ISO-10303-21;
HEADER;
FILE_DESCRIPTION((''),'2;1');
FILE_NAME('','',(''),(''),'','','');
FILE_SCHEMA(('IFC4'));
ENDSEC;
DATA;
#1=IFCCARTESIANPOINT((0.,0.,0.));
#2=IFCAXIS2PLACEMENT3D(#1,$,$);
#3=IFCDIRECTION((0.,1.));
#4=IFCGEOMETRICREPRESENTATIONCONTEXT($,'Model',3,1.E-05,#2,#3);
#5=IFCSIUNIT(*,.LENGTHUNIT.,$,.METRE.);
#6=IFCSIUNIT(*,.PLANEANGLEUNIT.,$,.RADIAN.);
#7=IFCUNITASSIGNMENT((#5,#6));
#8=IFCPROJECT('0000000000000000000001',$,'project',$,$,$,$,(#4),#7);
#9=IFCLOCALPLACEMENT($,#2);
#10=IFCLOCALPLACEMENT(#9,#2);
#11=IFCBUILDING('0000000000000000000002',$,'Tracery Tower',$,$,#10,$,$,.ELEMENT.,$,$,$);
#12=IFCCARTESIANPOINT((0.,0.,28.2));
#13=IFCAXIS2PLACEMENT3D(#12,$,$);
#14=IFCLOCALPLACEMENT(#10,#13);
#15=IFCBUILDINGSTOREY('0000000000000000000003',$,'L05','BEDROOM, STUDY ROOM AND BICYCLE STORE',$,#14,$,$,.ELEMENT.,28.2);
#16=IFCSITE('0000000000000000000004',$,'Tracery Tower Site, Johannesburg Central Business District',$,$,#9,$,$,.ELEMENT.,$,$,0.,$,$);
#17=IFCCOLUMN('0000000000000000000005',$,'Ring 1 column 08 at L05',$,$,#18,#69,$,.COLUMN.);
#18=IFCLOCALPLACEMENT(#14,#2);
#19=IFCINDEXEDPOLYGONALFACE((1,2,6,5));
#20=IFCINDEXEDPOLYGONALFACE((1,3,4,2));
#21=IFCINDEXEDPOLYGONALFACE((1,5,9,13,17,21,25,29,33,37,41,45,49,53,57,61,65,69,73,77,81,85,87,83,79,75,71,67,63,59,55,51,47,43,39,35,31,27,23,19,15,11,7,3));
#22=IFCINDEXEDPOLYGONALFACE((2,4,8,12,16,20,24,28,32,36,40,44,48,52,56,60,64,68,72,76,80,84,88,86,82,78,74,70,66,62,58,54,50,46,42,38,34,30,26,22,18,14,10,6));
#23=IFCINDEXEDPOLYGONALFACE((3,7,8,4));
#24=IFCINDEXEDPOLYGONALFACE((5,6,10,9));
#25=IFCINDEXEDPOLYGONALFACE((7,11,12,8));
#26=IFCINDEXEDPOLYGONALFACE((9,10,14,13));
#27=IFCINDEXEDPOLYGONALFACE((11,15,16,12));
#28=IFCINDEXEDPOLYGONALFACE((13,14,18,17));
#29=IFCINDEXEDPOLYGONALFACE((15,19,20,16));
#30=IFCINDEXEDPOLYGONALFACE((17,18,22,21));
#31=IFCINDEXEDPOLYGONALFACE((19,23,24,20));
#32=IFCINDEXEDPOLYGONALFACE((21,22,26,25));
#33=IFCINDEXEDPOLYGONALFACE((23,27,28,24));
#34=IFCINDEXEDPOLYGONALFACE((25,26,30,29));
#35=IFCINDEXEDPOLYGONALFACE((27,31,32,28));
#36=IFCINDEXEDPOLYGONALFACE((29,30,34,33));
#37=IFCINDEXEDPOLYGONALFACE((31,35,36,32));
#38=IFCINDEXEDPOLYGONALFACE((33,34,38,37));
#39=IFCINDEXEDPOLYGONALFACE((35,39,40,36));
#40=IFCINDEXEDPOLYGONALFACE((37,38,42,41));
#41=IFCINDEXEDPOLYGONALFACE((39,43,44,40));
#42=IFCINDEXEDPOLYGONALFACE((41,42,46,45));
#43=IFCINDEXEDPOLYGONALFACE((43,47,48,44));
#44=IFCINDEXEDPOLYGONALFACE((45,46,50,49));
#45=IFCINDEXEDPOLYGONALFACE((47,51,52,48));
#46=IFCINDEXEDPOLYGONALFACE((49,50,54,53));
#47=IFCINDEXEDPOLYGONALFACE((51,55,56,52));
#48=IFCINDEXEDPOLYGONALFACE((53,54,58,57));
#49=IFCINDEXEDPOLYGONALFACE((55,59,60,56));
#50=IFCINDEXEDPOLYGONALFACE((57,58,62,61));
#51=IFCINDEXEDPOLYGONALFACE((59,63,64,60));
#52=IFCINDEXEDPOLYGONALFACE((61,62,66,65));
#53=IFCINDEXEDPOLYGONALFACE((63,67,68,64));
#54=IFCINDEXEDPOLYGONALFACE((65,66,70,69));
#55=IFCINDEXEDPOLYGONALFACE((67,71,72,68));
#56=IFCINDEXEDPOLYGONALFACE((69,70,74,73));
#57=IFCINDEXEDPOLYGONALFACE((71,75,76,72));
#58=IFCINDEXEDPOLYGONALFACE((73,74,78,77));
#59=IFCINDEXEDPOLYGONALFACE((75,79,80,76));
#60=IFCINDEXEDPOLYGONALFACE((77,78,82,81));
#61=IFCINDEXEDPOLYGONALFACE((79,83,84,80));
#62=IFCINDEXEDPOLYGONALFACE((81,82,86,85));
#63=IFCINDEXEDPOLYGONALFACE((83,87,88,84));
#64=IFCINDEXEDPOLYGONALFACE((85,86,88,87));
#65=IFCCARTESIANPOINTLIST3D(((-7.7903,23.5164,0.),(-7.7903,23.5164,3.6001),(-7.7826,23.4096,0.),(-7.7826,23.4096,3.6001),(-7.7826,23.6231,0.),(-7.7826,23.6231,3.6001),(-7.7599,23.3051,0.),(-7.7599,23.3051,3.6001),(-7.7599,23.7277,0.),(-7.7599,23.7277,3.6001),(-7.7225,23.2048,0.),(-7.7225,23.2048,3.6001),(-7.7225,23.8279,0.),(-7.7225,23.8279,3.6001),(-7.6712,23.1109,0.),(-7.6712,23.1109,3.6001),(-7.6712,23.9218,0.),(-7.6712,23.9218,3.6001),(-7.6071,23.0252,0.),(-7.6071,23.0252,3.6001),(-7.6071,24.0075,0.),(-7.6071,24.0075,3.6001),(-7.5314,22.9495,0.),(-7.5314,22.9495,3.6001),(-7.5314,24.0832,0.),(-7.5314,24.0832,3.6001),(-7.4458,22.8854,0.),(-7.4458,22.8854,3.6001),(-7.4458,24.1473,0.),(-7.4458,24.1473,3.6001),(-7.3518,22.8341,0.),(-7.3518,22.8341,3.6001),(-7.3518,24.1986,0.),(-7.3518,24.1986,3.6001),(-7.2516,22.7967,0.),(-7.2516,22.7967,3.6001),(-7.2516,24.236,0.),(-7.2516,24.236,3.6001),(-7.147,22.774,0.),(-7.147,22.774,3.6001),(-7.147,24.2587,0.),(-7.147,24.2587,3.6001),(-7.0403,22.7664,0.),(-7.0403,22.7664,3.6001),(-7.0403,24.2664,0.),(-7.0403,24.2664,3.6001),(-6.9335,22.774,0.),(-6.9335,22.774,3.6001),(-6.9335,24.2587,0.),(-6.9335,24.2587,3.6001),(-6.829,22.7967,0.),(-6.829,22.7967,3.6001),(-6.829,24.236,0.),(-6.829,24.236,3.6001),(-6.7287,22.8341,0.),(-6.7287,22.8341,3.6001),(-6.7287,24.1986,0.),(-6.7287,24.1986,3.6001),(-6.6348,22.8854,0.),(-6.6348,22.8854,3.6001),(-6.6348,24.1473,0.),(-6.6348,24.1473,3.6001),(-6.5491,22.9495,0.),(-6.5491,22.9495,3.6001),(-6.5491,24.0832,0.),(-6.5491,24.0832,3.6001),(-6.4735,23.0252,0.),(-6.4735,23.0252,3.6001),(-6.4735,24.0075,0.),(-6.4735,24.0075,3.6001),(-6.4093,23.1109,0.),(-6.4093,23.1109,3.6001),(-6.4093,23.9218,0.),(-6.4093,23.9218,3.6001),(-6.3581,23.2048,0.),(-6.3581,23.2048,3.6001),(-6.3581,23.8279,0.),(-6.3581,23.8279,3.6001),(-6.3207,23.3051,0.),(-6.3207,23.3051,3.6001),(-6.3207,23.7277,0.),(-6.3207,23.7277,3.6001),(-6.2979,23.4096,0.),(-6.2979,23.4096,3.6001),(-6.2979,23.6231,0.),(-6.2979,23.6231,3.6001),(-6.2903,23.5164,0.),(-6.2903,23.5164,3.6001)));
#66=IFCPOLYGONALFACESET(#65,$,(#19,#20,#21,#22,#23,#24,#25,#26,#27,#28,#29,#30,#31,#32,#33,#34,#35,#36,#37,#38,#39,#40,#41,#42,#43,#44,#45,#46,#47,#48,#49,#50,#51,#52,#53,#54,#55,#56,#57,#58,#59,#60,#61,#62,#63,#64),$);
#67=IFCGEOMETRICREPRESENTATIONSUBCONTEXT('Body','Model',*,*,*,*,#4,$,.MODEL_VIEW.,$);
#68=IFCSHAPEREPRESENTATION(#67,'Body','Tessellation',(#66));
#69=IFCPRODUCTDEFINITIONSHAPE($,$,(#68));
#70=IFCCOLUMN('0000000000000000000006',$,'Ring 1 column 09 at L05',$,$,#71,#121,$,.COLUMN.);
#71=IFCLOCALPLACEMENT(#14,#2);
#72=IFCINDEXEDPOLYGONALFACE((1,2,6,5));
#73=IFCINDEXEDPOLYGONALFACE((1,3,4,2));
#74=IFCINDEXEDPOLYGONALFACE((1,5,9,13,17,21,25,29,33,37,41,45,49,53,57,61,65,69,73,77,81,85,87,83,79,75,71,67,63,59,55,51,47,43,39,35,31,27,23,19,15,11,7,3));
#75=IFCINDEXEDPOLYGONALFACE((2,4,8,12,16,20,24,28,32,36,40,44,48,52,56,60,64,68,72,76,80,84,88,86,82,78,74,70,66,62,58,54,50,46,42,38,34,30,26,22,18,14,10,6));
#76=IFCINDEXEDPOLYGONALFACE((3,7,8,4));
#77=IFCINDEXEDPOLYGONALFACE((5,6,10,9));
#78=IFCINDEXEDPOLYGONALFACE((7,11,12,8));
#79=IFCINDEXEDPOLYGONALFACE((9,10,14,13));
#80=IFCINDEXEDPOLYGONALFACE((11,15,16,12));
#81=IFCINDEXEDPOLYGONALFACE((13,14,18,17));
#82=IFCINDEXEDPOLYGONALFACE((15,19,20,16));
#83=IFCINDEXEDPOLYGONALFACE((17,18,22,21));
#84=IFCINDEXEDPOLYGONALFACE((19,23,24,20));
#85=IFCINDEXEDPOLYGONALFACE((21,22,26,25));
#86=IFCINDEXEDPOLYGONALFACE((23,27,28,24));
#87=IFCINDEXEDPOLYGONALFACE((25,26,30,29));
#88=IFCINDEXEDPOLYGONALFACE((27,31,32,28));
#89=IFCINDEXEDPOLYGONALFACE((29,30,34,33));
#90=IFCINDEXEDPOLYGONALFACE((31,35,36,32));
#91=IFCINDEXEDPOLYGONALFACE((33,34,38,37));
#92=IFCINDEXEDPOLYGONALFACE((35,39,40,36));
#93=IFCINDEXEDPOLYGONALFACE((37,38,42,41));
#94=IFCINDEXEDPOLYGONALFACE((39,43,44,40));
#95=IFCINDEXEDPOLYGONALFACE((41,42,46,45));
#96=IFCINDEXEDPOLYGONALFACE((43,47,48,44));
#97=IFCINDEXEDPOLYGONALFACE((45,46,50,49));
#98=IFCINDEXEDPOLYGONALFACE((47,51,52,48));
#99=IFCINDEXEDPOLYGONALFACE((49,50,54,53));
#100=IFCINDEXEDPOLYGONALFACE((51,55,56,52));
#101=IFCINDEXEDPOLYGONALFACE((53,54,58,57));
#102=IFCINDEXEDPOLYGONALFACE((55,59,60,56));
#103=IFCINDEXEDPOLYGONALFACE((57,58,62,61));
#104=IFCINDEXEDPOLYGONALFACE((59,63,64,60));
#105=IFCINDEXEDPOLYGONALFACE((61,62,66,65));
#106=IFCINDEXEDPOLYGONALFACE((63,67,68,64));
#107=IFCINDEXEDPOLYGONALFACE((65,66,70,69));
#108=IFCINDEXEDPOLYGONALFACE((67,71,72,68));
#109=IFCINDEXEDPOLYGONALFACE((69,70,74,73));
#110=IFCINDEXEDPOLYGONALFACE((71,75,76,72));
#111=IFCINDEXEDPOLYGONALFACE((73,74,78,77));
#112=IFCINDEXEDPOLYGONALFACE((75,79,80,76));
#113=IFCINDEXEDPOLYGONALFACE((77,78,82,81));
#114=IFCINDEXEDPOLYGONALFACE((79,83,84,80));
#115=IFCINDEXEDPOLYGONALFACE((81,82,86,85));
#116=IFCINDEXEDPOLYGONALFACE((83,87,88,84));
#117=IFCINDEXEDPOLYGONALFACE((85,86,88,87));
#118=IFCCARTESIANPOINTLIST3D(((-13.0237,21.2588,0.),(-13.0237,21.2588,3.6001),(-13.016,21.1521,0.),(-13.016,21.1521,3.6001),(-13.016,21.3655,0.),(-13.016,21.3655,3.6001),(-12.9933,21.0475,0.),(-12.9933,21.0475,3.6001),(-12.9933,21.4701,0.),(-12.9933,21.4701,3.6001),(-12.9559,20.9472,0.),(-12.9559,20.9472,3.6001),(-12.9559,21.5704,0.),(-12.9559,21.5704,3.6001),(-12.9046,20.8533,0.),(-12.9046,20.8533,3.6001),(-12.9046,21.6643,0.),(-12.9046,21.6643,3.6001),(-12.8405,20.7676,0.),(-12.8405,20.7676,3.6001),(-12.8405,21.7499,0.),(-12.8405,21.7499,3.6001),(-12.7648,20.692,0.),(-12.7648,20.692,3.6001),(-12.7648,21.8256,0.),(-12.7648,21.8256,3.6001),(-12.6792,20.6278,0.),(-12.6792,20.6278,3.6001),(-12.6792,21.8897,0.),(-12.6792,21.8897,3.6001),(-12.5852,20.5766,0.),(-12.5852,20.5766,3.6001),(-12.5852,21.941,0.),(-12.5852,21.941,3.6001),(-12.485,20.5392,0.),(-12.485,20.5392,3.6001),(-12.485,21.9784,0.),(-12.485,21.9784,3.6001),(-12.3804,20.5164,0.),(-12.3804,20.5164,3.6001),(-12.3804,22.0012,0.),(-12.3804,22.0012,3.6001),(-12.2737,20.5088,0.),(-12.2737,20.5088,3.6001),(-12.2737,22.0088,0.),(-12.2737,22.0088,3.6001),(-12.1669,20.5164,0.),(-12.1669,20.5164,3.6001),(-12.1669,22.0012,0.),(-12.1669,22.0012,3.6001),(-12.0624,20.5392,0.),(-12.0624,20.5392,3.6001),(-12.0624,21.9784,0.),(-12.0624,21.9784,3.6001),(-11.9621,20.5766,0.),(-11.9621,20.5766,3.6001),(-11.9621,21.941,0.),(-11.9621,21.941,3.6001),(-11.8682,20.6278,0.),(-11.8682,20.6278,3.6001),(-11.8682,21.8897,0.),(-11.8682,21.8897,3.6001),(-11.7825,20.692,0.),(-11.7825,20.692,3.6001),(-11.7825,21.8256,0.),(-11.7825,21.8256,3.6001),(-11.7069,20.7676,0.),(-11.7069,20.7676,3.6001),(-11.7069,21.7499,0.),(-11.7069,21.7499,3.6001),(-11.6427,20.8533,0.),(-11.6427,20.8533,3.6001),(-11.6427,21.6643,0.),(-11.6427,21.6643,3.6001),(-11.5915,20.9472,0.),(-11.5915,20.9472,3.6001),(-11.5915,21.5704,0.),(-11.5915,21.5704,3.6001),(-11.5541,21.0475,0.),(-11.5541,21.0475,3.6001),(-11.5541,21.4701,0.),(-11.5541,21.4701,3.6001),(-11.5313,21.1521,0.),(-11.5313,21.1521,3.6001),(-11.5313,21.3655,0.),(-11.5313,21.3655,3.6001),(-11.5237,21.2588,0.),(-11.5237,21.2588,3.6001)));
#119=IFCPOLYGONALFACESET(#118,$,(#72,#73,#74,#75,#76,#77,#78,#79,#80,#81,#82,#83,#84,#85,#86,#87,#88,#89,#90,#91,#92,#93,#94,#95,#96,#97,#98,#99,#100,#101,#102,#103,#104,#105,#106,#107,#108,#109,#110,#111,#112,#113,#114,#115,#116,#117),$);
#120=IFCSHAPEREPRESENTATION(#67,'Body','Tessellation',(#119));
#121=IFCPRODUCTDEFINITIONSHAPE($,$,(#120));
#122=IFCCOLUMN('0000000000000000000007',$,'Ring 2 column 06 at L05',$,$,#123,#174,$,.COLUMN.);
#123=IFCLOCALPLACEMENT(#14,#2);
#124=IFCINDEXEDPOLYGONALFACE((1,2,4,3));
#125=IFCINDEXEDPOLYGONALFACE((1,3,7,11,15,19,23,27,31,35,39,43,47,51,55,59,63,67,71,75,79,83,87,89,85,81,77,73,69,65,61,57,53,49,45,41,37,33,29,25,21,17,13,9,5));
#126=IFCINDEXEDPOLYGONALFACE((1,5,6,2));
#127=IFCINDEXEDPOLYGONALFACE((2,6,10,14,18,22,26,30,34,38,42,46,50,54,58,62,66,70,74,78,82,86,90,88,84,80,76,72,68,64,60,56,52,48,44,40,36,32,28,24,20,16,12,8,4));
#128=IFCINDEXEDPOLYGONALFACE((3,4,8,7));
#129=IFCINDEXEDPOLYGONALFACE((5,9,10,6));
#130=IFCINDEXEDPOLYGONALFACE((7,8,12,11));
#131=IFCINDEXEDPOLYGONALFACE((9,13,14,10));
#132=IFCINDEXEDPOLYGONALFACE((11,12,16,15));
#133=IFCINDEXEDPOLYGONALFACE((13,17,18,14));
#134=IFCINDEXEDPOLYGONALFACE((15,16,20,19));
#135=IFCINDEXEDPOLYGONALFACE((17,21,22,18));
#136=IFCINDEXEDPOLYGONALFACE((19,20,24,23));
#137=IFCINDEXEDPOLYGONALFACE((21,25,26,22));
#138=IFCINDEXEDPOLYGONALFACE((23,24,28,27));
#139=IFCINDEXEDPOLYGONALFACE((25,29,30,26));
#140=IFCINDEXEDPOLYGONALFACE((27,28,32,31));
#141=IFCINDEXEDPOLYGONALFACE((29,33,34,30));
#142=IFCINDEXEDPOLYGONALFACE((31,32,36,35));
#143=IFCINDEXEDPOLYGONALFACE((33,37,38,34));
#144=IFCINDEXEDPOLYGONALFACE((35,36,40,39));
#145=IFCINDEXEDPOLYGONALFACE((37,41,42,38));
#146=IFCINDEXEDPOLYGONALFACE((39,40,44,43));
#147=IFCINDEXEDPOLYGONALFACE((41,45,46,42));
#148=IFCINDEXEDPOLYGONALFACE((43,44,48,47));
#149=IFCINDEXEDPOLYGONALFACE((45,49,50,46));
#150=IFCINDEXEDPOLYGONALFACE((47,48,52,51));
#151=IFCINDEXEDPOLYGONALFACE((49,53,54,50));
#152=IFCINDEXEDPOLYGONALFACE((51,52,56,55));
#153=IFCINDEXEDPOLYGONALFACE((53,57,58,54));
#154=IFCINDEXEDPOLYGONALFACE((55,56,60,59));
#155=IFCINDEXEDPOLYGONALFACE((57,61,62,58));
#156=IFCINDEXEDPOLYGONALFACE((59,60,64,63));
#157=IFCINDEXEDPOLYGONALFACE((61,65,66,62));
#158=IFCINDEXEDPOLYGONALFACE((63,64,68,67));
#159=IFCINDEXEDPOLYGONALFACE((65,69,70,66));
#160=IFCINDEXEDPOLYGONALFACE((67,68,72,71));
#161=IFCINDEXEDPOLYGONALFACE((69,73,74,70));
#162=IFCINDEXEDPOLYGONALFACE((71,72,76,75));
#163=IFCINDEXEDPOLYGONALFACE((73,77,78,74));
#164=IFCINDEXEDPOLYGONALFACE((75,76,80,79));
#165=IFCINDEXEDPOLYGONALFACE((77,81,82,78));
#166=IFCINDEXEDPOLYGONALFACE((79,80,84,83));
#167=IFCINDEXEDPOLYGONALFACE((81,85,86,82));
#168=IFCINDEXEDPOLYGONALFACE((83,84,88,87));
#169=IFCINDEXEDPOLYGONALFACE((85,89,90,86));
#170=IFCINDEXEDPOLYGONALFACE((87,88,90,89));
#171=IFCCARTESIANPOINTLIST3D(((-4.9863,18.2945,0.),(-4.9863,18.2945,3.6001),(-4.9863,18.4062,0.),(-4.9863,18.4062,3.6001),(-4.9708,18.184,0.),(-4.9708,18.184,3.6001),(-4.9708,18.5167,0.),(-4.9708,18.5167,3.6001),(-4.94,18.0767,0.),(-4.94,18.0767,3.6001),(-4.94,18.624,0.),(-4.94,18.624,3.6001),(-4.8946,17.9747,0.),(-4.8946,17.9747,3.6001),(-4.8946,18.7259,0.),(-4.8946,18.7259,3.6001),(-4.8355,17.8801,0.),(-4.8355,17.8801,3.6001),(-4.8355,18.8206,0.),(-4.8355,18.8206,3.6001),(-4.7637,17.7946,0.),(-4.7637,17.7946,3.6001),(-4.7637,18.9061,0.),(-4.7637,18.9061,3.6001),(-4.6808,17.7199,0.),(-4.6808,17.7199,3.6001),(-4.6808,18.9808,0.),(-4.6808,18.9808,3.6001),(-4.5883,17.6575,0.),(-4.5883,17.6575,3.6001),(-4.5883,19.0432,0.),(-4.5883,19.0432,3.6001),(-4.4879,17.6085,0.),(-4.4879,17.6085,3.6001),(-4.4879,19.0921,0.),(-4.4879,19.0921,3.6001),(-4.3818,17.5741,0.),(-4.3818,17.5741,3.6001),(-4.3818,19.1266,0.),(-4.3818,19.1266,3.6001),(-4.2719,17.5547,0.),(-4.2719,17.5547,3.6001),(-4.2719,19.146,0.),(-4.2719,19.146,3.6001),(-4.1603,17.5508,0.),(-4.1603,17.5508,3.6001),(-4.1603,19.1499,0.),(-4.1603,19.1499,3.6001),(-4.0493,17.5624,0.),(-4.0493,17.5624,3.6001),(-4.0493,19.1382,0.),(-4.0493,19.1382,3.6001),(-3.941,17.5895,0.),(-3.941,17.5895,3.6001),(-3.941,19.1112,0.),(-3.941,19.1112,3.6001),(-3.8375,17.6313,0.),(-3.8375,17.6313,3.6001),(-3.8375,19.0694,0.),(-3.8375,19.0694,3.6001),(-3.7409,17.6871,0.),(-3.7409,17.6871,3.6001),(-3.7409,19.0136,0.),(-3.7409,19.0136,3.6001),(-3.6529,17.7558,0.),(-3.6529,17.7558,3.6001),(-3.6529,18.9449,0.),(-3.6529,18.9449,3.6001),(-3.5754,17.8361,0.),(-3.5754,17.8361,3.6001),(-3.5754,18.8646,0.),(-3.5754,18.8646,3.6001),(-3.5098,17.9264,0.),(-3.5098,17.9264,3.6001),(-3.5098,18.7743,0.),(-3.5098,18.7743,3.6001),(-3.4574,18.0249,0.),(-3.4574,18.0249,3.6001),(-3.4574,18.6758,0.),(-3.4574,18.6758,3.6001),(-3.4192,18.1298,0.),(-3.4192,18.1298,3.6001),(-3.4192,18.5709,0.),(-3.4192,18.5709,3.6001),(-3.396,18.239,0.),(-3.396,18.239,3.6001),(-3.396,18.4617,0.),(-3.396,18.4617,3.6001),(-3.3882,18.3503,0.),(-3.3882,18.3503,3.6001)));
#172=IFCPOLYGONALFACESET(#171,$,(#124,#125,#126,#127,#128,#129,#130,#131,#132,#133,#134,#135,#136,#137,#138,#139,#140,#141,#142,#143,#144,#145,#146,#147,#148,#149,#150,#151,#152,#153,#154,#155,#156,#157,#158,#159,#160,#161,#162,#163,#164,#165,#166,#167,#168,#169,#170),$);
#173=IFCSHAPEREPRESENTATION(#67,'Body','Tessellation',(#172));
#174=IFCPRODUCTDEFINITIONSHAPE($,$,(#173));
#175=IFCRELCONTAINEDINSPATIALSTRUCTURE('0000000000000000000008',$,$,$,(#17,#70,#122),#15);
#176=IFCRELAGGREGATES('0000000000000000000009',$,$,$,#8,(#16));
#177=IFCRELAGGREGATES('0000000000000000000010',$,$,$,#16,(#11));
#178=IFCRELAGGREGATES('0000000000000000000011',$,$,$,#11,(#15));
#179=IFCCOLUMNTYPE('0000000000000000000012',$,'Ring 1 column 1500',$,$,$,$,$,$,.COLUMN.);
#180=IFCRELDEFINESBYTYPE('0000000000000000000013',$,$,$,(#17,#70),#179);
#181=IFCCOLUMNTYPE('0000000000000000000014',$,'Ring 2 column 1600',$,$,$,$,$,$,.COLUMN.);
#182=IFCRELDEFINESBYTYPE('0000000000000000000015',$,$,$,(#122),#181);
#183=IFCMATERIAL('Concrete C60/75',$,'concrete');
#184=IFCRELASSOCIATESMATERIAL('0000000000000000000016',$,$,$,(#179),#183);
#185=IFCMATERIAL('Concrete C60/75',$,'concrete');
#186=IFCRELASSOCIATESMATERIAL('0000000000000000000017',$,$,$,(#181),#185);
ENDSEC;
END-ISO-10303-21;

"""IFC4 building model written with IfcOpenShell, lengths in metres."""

from ifc_helpers import new_model, si_unit, direction, frame, origin, origin_2d, place, context, subcontext, project, spatial, circle, extrude, material, material_profile, profile_set, type_object, element, save


model = new_model("IFC4")

# Units and contexts
model_context = context("Model", 3, precision=1e-05, world=origin(), true_north=direction((0.0, 1.0)))
body_context = subcontext(model_context, "Body", "Model", "MODEL_VIEW")
ifc_project = project(units=[si_unit("LENGTHUNIT", "METRE"), si_unit("PLANEANGLEUNIT", "RADIAN")], contexts=[model_context])

# Site, building, storey
site_placement = place(None, origin())
site = spatial("IfcSite", under=ifc_project, at=site_placement, Name="Tracery Tower Site, Johannesburg Central Business District", CompositionType="ELEMENT", RefElevation=0.0)
building_placement = place(site_placement, origin())
building = spatial("IfcBuilding", under=site, at=building_placement, Name="Tracery Tower", CompositionType="ELEMENT")
storey_placement = place(building_placement, frame((0.0, 0.0, 28.2)))
storey = spatial("IfcBuildingStorey", under=building, at=storey_placement, Name="L05", Description="BEDROOM, STUDY ROOM AND BICYCLE STORE", CompositionType="ELEMENT", Elevation=28.2)

# Columns
ifc_material_1 = material(Name="Concrete C60/75", Category="concrete")
ifc_material_profile_1 = material_profile(ifc_material_1, circle(Radius=0.75, at=origin_2d()), Name="RC D1500")
ifc_profile_set_1 = profile_set([ifc_material_profile_1], Name="Concrete C60/75")
column_type_1 = type_object("IfcColumnType", Name="Ring 1 column 1500", PredefinedType="COLUMN", material=ifc_profile_set_1)
for number, where, z_axis, x_axis, name in (
    (1, (-7.0403, 23.5164, 0.0), (0.0, 0.0, 1.0), (1.0, 0.0, 0.0), "Ring 1 column 08 at L05"),
    (2, (-12.2737, 21.2588, 0.0), (0.0, 0.0, 1.0), (1.0, 0.0, 0.0), "Ring 1 column 09 at L05"),
):
    element("IfcColumn", number, at=place(storey_placement, frame(where, z_axis=z_axis, x_axis=x_axis)), inside=storey, type_object=column_type_1, Name=name, PredefinedType="COLUMN", context=body_context, shape_type="SweptSolid", body=[
        extrude(circle(Radius=0.75, at=origin_2d()), origin(), (0.0, 0.0, 1.0), 3.6001),
    ])
ifc_material_2 = material(Name="Concrete C60/75", Category="concrete")
ifc_material_profile_2 = material_profile(ifc_material_2, circle(Radius=0.8, at=origin_2d()), Name="RC D1600")
ifc_profile_set_2 = profile_set([ifc_material_profile_2], Name="Concrete C60/75")
column_type_2 = type_object("IfcColumnType", Name="Ring 2 column 1600", PredefinedType="COLUMN", material=ifc_profile_set_2)
column_placement = place(storey_placement, frame((-4.1882, 18.3503, 0.0), z_axis=(0.0, 0.0, 1.0), x_axis=(1.0, 0.0, 0.0)))
element("IfcColumn", 3, at=column_placement, inside=storey, type_object=column_type_2, Name="Ring 2 column 06 at L05", PredefinedType="COLUMN", context=body_context, shape_type="SweptSolid", body=[
    extrude(circle(Radius=0.8, at=origin_2d()), origin(), (0.0, 0.0, 1.0), 3.6001),
])

save(model, "model.ifc")
